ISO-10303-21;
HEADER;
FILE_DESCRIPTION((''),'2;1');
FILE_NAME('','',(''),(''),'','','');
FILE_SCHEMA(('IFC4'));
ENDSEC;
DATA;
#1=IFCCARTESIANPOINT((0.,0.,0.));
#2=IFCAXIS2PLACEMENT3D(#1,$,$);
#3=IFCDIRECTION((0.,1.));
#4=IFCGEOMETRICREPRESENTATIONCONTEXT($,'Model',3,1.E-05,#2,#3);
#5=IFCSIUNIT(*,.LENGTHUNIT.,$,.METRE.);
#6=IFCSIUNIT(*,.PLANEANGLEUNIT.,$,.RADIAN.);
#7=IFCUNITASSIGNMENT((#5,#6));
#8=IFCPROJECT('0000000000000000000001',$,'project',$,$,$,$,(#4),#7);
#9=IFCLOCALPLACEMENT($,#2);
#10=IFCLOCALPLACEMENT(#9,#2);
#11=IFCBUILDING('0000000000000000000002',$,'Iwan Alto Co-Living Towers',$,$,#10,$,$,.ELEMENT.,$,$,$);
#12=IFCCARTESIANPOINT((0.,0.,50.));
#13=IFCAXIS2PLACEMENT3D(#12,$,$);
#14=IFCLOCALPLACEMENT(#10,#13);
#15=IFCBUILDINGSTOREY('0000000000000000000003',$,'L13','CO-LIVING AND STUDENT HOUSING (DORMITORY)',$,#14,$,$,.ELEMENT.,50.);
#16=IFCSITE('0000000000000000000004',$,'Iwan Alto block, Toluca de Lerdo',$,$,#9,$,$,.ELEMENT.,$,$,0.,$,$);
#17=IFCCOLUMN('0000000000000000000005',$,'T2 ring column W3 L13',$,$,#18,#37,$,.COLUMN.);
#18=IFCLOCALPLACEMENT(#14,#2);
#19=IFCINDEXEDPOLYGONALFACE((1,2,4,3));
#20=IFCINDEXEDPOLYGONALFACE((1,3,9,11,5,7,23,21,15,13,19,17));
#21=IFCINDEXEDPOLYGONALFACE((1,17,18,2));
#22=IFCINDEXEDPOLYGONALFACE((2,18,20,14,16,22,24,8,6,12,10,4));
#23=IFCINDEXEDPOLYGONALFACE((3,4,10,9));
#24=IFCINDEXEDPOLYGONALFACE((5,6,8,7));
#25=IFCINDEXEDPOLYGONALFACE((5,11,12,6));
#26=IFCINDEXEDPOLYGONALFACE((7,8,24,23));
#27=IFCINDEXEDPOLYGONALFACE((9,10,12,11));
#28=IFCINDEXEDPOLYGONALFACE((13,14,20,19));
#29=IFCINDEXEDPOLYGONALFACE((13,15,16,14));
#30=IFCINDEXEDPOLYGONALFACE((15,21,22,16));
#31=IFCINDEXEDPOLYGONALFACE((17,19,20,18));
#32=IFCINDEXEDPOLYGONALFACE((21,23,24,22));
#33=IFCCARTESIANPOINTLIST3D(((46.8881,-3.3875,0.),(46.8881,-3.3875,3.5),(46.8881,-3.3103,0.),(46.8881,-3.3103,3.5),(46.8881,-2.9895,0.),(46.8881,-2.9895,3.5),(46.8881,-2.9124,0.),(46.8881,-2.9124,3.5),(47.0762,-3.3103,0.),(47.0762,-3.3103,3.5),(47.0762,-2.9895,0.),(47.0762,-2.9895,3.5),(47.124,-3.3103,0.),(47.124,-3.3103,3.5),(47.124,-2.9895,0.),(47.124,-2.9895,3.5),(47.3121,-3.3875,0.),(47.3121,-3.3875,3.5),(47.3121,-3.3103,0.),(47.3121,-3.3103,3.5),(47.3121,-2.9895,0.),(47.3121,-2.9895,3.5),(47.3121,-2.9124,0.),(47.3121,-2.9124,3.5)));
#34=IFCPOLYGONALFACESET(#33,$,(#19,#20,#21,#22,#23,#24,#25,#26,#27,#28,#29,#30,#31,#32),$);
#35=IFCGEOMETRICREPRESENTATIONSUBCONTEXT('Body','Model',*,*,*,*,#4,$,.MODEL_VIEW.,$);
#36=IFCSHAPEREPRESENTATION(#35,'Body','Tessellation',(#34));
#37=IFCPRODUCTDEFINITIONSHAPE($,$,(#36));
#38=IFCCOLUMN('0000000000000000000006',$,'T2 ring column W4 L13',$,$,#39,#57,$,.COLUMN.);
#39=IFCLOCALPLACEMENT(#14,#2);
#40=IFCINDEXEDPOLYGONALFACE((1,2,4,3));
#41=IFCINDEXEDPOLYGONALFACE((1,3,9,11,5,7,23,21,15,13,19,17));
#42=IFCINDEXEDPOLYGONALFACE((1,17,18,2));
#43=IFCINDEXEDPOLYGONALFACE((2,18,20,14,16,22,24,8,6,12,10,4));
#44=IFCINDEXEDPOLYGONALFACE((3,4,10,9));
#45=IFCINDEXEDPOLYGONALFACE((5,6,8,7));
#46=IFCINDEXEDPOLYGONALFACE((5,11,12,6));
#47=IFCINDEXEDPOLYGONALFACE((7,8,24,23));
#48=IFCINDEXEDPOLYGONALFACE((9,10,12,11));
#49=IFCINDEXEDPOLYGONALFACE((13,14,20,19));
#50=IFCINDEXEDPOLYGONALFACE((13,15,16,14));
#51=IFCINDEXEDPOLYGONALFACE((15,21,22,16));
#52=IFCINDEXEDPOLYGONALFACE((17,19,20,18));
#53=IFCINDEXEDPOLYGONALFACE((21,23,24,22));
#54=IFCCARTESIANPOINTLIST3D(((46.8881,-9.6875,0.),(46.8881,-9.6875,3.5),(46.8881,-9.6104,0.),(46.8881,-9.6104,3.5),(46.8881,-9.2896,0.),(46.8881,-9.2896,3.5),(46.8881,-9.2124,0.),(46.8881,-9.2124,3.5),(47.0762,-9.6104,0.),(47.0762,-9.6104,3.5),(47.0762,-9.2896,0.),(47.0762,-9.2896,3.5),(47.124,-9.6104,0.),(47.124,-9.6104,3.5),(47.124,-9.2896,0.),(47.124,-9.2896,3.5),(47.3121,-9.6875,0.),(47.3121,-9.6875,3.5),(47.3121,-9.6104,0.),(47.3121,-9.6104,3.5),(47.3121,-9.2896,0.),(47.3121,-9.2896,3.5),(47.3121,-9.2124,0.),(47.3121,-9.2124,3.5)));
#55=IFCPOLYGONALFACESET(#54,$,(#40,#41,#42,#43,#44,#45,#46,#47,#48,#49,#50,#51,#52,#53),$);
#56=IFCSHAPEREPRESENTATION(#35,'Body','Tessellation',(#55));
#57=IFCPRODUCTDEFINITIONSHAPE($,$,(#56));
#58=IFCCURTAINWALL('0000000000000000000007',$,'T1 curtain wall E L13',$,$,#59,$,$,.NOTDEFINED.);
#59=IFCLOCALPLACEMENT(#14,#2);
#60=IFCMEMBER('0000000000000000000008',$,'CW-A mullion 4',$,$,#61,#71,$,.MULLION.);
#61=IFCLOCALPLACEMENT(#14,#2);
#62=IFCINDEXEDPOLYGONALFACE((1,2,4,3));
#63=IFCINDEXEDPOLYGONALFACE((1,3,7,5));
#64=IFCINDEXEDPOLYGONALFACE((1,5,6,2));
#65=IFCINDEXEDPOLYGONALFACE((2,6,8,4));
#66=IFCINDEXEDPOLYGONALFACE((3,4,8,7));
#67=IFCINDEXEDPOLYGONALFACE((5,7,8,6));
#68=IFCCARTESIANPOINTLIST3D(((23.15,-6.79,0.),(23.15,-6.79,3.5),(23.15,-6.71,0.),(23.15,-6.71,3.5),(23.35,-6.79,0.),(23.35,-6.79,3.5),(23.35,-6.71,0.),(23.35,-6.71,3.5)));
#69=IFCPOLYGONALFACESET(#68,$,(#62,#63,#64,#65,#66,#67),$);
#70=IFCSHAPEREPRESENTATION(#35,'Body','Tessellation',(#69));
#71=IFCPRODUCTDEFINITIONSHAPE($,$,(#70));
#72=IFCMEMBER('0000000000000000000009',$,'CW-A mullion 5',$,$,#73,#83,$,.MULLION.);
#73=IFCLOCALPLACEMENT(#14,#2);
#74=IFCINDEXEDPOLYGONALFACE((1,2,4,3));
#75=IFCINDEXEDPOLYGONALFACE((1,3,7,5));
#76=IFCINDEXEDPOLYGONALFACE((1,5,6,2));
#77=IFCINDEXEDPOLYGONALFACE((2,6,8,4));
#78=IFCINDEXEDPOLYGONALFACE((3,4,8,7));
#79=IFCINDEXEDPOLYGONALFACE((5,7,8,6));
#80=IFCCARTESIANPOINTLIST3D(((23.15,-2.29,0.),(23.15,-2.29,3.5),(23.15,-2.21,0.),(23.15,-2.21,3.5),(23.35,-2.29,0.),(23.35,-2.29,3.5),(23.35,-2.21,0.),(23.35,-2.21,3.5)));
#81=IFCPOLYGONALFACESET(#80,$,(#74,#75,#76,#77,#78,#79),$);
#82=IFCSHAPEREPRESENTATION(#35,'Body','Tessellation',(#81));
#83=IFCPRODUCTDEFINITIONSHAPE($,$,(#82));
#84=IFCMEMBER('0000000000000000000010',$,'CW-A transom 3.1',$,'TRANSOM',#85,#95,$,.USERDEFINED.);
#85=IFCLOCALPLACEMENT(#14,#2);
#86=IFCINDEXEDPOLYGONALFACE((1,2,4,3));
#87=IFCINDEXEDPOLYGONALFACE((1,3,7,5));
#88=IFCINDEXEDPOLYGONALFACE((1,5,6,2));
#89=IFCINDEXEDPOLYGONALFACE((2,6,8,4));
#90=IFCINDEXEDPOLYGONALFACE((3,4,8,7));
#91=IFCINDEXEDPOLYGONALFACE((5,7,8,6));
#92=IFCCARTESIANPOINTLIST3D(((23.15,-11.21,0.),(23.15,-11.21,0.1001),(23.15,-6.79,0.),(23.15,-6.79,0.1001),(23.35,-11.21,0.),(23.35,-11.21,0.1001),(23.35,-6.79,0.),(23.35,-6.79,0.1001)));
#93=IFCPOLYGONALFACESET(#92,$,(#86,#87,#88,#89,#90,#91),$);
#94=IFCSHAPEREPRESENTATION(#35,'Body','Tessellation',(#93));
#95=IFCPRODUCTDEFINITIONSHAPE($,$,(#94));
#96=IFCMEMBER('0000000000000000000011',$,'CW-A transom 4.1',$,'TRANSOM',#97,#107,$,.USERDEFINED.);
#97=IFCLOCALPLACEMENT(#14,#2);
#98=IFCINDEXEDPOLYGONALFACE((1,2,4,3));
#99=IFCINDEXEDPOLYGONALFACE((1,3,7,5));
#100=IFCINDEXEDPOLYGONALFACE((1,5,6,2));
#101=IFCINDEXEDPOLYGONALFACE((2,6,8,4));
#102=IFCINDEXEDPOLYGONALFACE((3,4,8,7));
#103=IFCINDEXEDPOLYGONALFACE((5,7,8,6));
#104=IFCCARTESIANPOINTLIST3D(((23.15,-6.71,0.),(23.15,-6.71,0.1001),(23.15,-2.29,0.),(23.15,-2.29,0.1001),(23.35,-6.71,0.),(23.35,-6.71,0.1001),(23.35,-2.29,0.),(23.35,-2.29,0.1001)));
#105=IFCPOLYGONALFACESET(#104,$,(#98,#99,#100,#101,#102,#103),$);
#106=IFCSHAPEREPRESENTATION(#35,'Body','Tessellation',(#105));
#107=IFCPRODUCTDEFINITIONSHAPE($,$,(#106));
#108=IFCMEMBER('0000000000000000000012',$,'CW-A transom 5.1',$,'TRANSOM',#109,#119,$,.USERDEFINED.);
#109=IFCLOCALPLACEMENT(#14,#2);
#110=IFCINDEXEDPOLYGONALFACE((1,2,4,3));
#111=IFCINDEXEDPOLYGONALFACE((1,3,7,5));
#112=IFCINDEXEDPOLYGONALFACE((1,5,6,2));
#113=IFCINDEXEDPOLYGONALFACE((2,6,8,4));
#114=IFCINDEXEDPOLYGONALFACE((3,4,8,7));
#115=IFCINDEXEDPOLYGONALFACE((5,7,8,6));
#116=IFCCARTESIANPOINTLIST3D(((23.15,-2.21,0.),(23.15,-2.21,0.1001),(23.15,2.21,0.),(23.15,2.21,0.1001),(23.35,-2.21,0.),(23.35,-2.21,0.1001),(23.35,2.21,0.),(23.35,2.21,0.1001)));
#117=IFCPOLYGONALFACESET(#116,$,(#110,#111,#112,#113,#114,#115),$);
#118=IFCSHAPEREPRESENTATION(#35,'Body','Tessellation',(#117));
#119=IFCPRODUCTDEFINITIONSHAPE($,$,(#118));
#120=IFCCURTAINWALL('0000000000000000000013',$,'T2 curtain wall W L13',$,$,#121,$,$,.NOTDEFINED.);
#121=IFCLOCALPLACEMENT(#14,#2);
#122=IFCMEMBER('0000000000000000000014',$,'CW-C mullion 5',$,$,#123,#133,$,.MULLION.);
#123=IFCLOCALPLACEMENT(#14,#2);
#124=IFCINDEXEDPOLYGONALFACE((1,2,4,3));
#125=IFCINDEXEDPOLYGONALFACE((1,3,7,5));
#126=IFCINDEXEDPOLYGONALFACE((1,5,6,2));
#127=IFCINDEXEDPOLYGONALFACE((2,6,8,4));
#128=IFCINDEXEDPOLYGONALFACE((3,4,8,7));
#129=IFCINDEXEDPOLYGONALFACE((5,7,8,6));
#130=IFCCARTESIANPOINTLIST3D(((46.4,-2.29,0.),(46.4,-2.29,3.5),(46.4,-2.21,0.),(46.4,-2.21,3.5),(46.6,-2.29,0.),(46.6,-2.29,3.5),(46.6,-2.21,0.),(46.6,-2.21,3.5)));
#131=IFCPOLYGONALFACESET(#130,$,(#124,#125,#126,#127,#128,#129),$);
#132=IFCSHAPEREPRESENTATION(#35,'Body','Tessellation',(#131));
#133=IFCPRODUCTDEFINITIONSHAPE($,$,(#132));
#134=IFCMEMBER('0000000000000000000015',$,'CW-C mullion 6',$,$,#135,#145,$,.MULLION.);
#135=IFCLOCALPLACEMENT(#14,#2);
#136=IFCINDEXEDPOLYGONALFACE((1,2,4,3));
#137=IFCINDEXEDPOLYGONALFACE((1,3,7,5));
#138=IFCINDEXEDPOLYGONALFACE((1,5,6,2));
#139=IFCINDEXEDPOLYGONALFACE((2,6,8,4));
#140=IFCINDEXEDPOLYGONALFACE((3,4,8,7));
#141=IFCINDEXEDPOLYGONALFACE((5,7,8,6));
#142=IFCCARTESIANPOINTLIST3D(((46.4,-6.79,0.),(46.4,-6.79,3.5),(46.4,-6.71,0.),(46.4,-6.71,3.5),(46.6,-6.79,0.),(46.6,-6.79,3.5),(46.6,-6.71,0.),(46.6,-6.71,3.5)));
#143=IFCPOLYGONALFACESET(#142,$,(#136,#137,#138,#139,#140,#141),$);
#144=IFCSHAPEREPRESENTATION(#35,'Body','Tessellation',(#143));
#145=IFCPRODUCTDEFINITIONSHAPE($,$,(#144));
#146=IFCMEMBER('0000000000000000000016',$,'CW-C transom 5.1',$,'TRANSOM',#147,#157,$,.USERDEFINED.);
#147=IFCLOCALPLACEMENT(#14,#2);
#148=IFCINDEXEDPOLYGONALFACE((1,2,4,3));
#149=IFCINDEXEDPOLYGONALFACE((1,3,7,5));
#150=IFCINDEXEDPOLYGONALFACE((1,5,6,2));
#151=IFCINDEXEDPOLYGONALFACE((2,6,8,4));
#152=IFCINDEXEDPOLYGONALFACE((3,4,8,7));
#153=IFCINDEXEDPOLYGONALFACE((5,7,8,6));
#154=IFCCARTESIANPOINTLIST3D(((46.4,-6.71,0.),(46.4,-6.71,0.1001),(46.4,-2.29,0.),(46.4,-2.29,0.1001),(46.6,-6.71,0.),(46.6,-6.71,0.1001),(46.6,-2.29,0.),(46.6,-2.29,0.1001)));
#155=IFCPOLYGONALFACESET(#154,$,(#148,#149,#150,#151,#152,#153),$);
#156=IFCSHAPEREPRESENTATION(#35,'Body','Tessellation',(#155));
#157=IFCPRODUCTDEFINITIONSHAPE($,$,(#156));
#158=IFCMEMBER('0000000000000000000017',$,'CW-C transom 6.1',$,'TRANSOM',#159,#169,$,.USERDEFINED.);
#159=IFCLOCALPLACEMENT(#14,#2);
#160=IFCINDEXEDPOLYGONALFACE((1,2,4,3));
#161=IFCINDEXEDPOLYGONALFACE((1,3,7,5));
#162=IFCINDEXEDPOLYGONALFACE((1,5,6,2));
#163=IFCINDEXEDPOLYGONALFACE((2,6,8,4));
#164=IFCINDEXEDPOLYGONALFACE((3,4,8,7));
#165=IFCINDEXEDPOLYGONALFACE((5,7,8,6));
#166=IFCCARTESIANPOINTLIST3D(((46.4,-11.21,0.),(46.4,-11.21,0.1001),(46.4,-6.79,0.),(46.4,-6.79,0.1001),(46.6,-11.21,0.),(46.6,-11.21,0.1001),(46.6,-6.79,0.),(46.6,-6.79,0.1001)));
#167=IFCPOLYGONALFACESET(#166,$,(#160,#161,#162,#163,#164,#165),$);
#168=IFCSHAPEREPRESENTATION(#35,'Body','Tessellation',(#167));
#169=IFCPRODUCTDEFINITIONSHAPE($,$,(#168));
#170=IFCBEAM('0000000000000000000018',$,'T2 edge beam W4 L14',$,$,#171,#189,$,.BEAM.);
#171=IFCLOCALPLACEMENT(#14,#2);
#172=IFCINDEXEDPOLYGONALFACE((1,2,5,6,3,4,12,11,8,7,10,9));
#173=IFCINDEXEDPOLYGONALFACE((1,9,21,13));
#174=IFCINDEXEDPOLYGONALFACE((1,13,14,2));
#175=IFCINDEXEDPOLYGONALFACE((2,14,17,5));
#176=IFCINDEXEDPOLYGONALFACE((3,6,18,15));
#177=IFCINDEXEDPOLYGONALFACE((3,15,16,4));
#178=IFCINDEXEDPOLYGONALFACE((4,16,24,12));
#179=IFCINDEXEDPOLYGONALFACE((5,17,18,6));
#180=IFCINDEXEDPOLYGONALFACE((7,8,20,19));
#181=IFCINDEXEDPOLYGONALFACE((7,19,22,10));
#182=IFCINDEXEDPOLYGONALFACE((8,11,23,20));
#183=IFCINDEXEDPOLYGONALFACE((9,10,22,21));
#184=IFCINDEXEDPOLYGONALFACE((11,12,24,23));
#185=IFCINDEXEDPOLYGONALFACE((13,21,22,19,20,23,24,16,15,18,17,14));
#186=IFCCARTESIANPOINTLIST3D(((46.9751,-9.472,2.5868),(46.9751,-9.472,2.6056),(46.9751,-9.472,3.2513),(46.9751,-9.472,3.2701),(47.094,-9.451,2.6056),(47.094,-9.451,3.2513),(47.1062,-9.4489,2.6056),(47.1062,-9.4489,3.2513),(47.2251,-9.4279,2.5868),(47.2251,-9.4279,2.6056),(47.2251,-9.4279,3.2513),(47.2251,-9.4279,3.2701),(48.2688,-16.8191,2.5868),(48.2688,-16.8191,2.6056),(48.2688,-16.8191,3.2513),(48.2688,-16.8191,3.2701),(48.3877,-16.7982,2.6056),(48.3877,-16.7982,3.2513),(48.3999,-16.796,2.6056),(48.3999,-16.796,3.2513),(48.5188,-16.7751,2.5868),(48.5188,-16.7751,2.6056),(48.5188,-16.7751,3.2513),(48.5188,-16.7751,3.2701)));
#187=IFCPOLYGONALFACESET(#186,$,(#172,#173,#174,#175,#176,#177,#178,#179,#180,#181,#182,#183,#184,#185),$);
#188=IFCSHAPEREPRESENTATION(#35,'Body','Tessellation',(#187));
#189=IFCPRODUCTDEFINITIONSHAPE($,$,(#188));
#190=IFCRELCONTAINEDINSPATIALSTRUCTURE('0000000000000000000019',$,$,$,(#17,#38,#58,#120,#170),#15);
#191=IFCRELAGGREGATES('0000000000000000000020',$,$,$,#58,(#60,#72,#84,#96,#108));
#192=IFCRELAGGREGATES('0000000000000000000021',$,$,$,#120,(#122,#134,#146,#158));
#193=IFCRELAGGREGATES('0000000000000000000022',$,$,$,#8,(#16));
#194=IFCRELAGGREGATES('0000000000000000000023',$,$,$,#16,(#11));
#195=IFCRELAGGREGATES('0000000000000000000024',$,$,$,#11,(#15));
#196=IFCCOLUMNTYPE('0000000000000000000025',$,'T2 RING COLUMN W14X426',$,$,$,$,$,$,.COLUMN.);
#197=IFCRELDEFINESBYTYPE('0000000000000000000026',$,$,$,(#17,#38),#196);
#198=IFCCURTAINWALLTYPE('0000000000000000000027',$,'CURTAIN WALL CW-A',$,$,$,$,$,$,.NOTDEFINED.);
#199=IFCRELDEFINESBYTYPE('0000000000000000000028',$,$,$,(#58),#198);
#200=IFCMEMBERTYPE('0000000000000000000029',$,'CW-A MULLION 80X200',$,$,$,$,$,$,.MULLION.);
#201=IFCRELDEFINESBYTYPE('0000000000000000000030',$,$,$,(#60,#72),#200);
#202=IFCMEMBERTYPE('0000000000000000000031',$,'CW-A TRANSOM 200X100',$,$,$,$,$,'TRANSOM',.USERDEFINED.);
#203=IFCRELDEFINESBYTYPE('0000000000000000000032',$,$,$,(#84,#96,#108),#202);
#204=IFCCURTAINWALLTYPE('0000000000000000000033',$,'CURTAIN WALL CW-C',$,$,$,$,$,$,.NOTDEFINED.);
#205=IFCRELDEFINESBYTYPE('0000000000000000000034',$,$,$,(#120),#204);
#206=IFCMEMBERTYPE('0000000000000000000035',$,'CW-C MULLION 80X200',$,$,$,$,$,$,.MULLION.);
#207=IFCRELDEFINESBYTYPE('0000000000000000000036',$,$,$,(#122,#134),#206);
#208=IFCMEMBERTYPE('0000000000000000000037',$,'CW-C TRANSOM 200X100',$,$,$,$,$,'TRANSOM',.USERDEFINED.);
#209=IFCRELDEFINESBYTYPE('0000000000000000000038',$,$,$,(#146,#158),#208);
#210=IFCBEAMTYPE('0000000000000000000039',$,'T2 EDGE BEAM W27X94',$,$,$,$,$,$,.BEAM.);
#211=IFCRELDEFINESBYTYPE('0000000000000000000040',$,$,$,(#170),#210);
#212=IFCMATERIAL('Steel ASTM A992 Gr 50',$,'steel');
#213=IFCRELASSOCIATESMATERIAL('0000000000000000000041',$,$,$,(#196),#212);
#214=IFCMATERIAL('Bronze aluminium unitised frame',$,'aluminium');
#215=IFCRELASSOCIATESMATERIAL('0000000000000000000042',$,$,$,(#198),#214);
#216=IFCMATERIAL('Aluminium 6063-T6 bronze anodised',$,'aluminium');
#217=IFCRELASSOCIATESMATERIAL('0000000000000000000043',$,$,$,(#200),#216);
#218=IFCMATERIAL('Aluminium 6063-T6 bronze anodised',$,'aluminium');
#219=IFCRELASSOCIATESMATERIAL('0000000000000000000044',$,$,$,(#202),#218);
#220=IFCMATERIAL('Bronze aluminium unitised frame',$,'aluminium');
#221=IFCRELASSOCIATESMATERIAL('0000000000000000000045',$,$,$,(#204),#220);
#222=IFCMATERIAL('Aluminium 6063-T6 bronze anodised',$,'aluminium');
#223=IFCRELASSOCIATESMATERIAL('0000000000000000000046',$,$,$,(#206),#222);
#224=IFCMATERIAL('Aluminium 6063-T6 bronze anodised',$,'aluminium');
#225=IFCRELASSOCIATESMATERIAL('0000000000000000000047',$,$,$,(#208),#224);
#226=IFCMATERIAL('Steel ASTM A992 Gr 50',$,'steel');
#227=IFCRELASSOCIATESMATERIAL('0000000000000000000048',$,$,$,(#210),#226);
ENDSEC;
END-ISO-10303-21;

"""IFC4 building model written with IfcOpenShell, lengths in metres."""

from ifc_helpers import new_model, si_unit, direction, frame, origin, origin_2d, place, context, subcontext, project, spatial, rectangle, i_section, extrude, material, material_profile, profile_set, type_object, element, aggregate, save


model = new_model("IFC4")

# Units and contexts
model_context = context("Model", 3, precision=1e-05, world=origin(), true_north=direction((0.0, 1.0)))
body_context = subcontext(model_context, "Body", "Model", "MODEL_VIEW")
ifc_project = project(units=[si_unit("LENGTHUNIT", "METRE"), si_unit("PLANEANGLEUNIT", "RADIAN")], contexts=[model_context])

# Site, building, storey
site_placement = place(None, origin())
site = spatial("IfcSite", under=ifc_project, at=site_placement, Name="Iwan Alto block, Toluca de Lerdo", CompositionType="ELEMENT", RefElevation=0.0)
building_placement = place(site_placement, origin())
building = spatial("IfcBuilding", under=site, at=building_placement, Name="Iwan Alto Co-Living Towers", CompositionType="ELEMENT")
storey_placement = place(building_placement, frame((0.0, 0.0, 50.0)))
storey = spatial("IfcBuildingStorey", under=building, at=storey_placement, Name="L13", Description="CO-LIVING AND STUDENT HOUSING (DORMITORY)", CompositionType="ELEMENT", Elevation=50.0)

# Columns
ifc_material_1 = material(Name="Steel ASTM A992 Gr 50", Category="steel")
ifc_material_profile_1 = material_profile(ifc_material_1, i_section(OverallWidth=0.4241, OverallDepth=0.4751, WebThickness=0.0479, FlangeThickness=0.0771, at=origin_2d()), Name="W14X426")
ifc_profile_set_1 = profile_set([ifc_material_profile_1], Name="Steel ASTM A992 Gr 50")
column_type = type_object("IfcColumnType", Name="T2 RING COLUMN W14X426", PredefinedType="COLUMN", material=ifc_profile_set_1)
for number, where, z_axis, x_axis, name in (
    (1, (47.1001, -3.1499, 0.0), (0.0, 0.0, 1.0), (1.0, 0.0, 0.0), "T2 ring column W3 L13"),
    (2, (47.1001, -9.45, 0.0), (0.0, 0.0, 1.0), (1.0, 0.0, 0.0), "T2 ring column W4 L13"),
):
    element("IfcColumn", number, at=place(storey_placement, frame(where, z_axis=z_axis, x_axis=x_axis)), inside=storey, type_object=column_type, Name=name, PredefinedType="COLUMN", context=body_context, shape_type="SweptSolid", body=[
        extrude(i_section(OverallWidth=0.4241, OverallDepth=0.4751, WebThickness=0.0479, FlangeThickness=0.0771, at=origin_2d()), origin(), (0.0, 0.0, 1.0), 3.5),
    ])

# Curtain walls, members
ifc_material_2 = material(Name="Bronze aluminium unitised frame", Category="aluminium")
curtain_wall_type_1 = type_object("IfcCurtainWallType", Name="CURTAIN WALL CW-A", PredefinedType="NOTDEFINED", material=ifc_material_2)
curtain_wall_1_placement = place(storey_placement, origin())
curtain_wall_1 = element("IfcCurtainWall", 3, at=curtain_wall_1_placement, inside=storey, type_object=curtain_wall_type_1, Name="T1 curtain wall E L13", PredefinedType="NOTDEFINED")
ifc_material_3 = material(Name="Aluminium 6063-T6 bronze anodised", Category="aluminium")
ifc_material_profile_2 = material_profile(ifc_material_3, rectangle(XDim=0.2, YDim=0.0801, at=origin_2d()), Name="AL 80X200")
ifc_profile_set_2 = profile_set([ifc_material_profile_2], Name="Aluminium 6063-T6 bronze anodised")
member_type_1 = type_object("IfcMemberType", Name="CW-A MULLION 80X200", PredefinedType="MULLION", material=ifc_profile_set_2)
member_1_placement = place(storey_placement, frame((23.25, -6.75, 0.0), z_axis=(0.0, 0.0, 1.0), x_axis=(-1.0, 0.0, 0.0)))
member_1 = element("IfcMember", 4, at=member_1_placement, type_object=member_type_1, Name="CW-A mullion 4", PredefinedType="MULLION", context=body_context, shape_type="SweptSolid", body=[
    extrude(rectangle(XDim=0.2, YDim=0.0801, at=origin_2d()), origin(), (0.0, 0.0, 1.0), 3.5),
])
member_2_placement = place(storey_placement, frame((23.25, -2.25, 0.0), z_axis=(0.0, 0.0, 1.0), x_axis=(-1.0, 0.0, 0.0)))
member_2 = element("IfcMember", 5, at=member_2_placement, type_object=member_type_1, Name="CW-A mullion 5", PredefinedType="MULLION", context=body_context, shape_type="SweptSolid", body=[
    extrude(rectangle(XDim=0.2, YDim=0.0801, at=origin_2d()), origin(), (0.0, 0.0, 1.0), 3.5),
])
ifc_material_4 = material(Name="Aluminium 6063-T6 bronze anodised", Category="aluminium")
ifc_material_profile_3 = material_profile(ifc_material_4, rectangle(XDim=0.2, YDim=0.1001, at=origin_2d()), Name="AL 200X100")
ifc_profile_set_3 = profile_set([ifc_material_profile_3], Name="Aluminium 6063-T6 bronze anodised")
member_type_2 = type_object("IfcMemberType", Name="CW-A TRANSOM 200X100", ElementType="TRANSOM", PredefinedType="USERDEFINED", material=ifc_profile_set_3)
member_3_placement = place(storey_placement, frame((23.25, -11.21, 0.05), z_axis=(0.0, 1.0, 0.0), x_axis=(-1.0, 0.0, 0.0)))
member_3 = element("IfcMember", 6, at=member_3_placement, type_object=member_type_2, Name="CW-A transom 3.1", ObjectType="TRANSOM", PredefinedType="USERDEFINED", context=body_context, shape_type="SweptSolid", body=[
    extrude(rectangle(XDim=0.2, YDim=0.1001, at=origin_2d()), origin(), (0.0, 0.0, 1.0), 4.4199),
])
member_4_placement = place(storey_placement, frame((23.25, -6.71, 0.05), z_axis=(0.0, 1.0, 0.0), x_axis=(-1.0, 0.0, 0.0)))
member_4 = element("IfcMember", 7, at=member_4_placement, type_object=member_type_2, Name="CW-A transom 4.1", ObjectType="TRANSOM", PredefinedType="USERDEFINED", context=body_context, shape_type="SweptSolid", body=[
    extrude(rectangle(XDim=0.2, YDim=0.1001, at=origin_2d()), origin(), (0.0, 0.0, 1.0), 4.4199),
])
member_5_placement = place(storey_placement, frame((23.25, -2.21, 0.05), z_axis=(0.0, 1.0, 0.0), x_axis=(-1.0, 0.0, 0.0)))
member_5 = element("IfcMember", 8, at=member_5_placement, type_object=member_type_2, Name="CW-A transom 5.1", ObjectType="TRANSOM", PredefinedType="USERDEFINED", context=body_context, shape_type="SweptSolid", body=[
    extrude(rectangle(XDim=0.2, YDim=0.1001, at=origin_2d()), origin(), (0.0, 0.0, 1.0), 4.4199),
])
ifc_material_5 = material(Name="Bronze aluminium unitised frame", Category="aluminium")
curtain_wall_type_2 = type_object("IfcCurtainWallType", Name="CURTAIN WALL CW-C", PredefinedType="NOTDEFINED", material=ifc_material_5)
curtain_wall_2_placement = place(storey_placement, origin())
curtain_wall_2 = element("IfcCurtainWall", 9, at=curtain_wall_2_placement, inside=storey, type_object=curtain_wall_type_2, Name="T2 curtain wall W L13", PredefinedType="NOTDEFINED")
ifc_material_6 = material(Name="Aluminium 6063-T6 bronze anodised", Category="aluminium")
ifc_material_profile_4 = material_profile(ifc_material_6, rectangle(XDim=0.2, YDim=0.0801, at=origin_2d()), Name="AL 80X200")
ifc_profile_set_4 = profile_set([ifc_material_profile_4], Name="Aluminium 6063-T6 bronze anodised")
member_type_3 = type_object("IfcMemberType", Name="CW-C MULLION 80X200", PredefinedType="MULLION", material=ifc_profile_set_4)
member_6_placement = place(storey_placement, frame((46.5, -2.25, 0.0), z_axis=(0.0, 0.0, 1.0), x_axis=(1.0, 0.0, 0.0)))
member_6 = element("IfcMember", 10, at=member_6_placement, type_object=member_type_3, Name="CW-C mullion 5", PredefinedType="MULLION", context=body_context, shape_type="SweptSolid", body=[
    extrude(rectangle(XDim=0.2, YDim=0.0801, at=origin_2d()), origin(), (0.0, 0.0, 1.0), 3.5),
])
member_7_placement = place(storey_placement, frame((46.5, -6.75, 0.0), z_axis=(0.0, 0.0, 1.0), x_axis=(1.0, 0.0, 0.0)))
member_7 = element("IfcMember", 11, at=member_7_placement, type_object=member_type_3, Name="CW-C mullion 6", PredefinedType="MULLION", context=body_context, shape_type="SweptSolid", body=[
    extrude(rectangle(XDim=0.2, YDim=0.0801, at=origin_2d()), origin(), (0.0, 0.0, 1.0), 3.5),
])
ifc_material_7 = material(Name="Aluminium 6063-T6 bronze anodised", Category="aluminium")
ifc_material_profile_5 = material_profile(ifc_material_7, rectangle(XDim=0.2, YDim=0.1001, at=origin_2d()), Name="AL 200X100")
ifc_profile_set_5 = profile_set([ifc_material_profile_5], Name="Aluminium 6063-T6 bronze anodised")
member_type_4 = type_object("IfcMemberType", Name="CW-C TRANSOM 200X100", ElementType="TRANSOM", PredefinedType="USERDEFINED", material=ifc_profile_set_5)
member_8_placement = place(storey_placement, frame((46.5, -2.29, 0.05), z_axis=(0.0, -1.0, 0.0), x_axis=(1.0, 0.0, 0.0)))
member_8 = element("IfcMember", 12, at=member_8_placement, type_object=member_type_4, Name="CW-C transom 5.1", ObjectType="TRANSOM", PredefinedType="USERDEFINED", context=body_context, shape_type="SweptSolid", body=[
    extrude(rectangle(XDim=0.2, YDim=0.1001, at=origin_2d()), origin(), (0.0, 0.0, 1.0), 4.4199),
])
member_9_placement = place(storey_placement, frame((46.5, -6.79, 0.05), z_axis=(0.0, -1.0, 0.0), x_axis=(1.0, 0.0, 0.0)))
member_9 = element("IfcMember", 13, at=member_9_placement, type_object=member_type_4, Name="CW-C transom 6.1", ObjectType="TRANSOM", PredefinedType="USERDEFINED", context=body_context, shape_type="SweptSolid", body=[
    extrude(rectangle(XDim=0.2, YDim=0.1001, at=origin_2d()), origin(), (0.0, 0.0, 1.0), 4.4199),
])

# Beam
ifc_material_8 = material(Name="Steel ASTM A992 Gr 50", Category="steel")
ifc_material_profile_6 = material_profile(ifc_material_8, i_section(OverallWidth=0.2539, OverallDepth=0.6833, WebThickness=0.0125, FlangeThickness=0.0188, at=origin_2d()), Name="W27X94")
ifc_profile_set_6 = profile_set([ifc_material_profile_6], Name="Steel ASTM A992 Gr 50")
beam_type_1 = type_object("IfcBeamType", Name="T2 EDGE BEAM W27X94", PredefinedType="BEAM", material=ifc_profile_set_6)
beam_1_placement = place(storey_placement, frame((47.1001, -9.45, 2.9285), z_axis=(0.173414, -0.984849, 0.0), x_axis=(0.984849, 0.173414, 0.0)))
element("IfcBeam", 14, at=beam_1_placement, inside=storey, type_object=beam_type_1, Name="T2 edge beam W4 L14", PredefinedType="BEAM", context=body_context, shape_type="SweptSolid", body=[
    extrude(i_section(OverallWidth=0.2539, OverallDepth=0.6833, WebThickness=0.0125, FlangeThickness=0.0188, at=origin_2d()), origin(), (0.0, 0.0, 1.0), 7.4602),
])

aggregate(curtain_wall_1, [member_1, member_2, member_3, member_4, member_5])
aggregate(curtain_wall_2, [member_6, member_7, member_8, member_9])

save(model, "model.ifc")
